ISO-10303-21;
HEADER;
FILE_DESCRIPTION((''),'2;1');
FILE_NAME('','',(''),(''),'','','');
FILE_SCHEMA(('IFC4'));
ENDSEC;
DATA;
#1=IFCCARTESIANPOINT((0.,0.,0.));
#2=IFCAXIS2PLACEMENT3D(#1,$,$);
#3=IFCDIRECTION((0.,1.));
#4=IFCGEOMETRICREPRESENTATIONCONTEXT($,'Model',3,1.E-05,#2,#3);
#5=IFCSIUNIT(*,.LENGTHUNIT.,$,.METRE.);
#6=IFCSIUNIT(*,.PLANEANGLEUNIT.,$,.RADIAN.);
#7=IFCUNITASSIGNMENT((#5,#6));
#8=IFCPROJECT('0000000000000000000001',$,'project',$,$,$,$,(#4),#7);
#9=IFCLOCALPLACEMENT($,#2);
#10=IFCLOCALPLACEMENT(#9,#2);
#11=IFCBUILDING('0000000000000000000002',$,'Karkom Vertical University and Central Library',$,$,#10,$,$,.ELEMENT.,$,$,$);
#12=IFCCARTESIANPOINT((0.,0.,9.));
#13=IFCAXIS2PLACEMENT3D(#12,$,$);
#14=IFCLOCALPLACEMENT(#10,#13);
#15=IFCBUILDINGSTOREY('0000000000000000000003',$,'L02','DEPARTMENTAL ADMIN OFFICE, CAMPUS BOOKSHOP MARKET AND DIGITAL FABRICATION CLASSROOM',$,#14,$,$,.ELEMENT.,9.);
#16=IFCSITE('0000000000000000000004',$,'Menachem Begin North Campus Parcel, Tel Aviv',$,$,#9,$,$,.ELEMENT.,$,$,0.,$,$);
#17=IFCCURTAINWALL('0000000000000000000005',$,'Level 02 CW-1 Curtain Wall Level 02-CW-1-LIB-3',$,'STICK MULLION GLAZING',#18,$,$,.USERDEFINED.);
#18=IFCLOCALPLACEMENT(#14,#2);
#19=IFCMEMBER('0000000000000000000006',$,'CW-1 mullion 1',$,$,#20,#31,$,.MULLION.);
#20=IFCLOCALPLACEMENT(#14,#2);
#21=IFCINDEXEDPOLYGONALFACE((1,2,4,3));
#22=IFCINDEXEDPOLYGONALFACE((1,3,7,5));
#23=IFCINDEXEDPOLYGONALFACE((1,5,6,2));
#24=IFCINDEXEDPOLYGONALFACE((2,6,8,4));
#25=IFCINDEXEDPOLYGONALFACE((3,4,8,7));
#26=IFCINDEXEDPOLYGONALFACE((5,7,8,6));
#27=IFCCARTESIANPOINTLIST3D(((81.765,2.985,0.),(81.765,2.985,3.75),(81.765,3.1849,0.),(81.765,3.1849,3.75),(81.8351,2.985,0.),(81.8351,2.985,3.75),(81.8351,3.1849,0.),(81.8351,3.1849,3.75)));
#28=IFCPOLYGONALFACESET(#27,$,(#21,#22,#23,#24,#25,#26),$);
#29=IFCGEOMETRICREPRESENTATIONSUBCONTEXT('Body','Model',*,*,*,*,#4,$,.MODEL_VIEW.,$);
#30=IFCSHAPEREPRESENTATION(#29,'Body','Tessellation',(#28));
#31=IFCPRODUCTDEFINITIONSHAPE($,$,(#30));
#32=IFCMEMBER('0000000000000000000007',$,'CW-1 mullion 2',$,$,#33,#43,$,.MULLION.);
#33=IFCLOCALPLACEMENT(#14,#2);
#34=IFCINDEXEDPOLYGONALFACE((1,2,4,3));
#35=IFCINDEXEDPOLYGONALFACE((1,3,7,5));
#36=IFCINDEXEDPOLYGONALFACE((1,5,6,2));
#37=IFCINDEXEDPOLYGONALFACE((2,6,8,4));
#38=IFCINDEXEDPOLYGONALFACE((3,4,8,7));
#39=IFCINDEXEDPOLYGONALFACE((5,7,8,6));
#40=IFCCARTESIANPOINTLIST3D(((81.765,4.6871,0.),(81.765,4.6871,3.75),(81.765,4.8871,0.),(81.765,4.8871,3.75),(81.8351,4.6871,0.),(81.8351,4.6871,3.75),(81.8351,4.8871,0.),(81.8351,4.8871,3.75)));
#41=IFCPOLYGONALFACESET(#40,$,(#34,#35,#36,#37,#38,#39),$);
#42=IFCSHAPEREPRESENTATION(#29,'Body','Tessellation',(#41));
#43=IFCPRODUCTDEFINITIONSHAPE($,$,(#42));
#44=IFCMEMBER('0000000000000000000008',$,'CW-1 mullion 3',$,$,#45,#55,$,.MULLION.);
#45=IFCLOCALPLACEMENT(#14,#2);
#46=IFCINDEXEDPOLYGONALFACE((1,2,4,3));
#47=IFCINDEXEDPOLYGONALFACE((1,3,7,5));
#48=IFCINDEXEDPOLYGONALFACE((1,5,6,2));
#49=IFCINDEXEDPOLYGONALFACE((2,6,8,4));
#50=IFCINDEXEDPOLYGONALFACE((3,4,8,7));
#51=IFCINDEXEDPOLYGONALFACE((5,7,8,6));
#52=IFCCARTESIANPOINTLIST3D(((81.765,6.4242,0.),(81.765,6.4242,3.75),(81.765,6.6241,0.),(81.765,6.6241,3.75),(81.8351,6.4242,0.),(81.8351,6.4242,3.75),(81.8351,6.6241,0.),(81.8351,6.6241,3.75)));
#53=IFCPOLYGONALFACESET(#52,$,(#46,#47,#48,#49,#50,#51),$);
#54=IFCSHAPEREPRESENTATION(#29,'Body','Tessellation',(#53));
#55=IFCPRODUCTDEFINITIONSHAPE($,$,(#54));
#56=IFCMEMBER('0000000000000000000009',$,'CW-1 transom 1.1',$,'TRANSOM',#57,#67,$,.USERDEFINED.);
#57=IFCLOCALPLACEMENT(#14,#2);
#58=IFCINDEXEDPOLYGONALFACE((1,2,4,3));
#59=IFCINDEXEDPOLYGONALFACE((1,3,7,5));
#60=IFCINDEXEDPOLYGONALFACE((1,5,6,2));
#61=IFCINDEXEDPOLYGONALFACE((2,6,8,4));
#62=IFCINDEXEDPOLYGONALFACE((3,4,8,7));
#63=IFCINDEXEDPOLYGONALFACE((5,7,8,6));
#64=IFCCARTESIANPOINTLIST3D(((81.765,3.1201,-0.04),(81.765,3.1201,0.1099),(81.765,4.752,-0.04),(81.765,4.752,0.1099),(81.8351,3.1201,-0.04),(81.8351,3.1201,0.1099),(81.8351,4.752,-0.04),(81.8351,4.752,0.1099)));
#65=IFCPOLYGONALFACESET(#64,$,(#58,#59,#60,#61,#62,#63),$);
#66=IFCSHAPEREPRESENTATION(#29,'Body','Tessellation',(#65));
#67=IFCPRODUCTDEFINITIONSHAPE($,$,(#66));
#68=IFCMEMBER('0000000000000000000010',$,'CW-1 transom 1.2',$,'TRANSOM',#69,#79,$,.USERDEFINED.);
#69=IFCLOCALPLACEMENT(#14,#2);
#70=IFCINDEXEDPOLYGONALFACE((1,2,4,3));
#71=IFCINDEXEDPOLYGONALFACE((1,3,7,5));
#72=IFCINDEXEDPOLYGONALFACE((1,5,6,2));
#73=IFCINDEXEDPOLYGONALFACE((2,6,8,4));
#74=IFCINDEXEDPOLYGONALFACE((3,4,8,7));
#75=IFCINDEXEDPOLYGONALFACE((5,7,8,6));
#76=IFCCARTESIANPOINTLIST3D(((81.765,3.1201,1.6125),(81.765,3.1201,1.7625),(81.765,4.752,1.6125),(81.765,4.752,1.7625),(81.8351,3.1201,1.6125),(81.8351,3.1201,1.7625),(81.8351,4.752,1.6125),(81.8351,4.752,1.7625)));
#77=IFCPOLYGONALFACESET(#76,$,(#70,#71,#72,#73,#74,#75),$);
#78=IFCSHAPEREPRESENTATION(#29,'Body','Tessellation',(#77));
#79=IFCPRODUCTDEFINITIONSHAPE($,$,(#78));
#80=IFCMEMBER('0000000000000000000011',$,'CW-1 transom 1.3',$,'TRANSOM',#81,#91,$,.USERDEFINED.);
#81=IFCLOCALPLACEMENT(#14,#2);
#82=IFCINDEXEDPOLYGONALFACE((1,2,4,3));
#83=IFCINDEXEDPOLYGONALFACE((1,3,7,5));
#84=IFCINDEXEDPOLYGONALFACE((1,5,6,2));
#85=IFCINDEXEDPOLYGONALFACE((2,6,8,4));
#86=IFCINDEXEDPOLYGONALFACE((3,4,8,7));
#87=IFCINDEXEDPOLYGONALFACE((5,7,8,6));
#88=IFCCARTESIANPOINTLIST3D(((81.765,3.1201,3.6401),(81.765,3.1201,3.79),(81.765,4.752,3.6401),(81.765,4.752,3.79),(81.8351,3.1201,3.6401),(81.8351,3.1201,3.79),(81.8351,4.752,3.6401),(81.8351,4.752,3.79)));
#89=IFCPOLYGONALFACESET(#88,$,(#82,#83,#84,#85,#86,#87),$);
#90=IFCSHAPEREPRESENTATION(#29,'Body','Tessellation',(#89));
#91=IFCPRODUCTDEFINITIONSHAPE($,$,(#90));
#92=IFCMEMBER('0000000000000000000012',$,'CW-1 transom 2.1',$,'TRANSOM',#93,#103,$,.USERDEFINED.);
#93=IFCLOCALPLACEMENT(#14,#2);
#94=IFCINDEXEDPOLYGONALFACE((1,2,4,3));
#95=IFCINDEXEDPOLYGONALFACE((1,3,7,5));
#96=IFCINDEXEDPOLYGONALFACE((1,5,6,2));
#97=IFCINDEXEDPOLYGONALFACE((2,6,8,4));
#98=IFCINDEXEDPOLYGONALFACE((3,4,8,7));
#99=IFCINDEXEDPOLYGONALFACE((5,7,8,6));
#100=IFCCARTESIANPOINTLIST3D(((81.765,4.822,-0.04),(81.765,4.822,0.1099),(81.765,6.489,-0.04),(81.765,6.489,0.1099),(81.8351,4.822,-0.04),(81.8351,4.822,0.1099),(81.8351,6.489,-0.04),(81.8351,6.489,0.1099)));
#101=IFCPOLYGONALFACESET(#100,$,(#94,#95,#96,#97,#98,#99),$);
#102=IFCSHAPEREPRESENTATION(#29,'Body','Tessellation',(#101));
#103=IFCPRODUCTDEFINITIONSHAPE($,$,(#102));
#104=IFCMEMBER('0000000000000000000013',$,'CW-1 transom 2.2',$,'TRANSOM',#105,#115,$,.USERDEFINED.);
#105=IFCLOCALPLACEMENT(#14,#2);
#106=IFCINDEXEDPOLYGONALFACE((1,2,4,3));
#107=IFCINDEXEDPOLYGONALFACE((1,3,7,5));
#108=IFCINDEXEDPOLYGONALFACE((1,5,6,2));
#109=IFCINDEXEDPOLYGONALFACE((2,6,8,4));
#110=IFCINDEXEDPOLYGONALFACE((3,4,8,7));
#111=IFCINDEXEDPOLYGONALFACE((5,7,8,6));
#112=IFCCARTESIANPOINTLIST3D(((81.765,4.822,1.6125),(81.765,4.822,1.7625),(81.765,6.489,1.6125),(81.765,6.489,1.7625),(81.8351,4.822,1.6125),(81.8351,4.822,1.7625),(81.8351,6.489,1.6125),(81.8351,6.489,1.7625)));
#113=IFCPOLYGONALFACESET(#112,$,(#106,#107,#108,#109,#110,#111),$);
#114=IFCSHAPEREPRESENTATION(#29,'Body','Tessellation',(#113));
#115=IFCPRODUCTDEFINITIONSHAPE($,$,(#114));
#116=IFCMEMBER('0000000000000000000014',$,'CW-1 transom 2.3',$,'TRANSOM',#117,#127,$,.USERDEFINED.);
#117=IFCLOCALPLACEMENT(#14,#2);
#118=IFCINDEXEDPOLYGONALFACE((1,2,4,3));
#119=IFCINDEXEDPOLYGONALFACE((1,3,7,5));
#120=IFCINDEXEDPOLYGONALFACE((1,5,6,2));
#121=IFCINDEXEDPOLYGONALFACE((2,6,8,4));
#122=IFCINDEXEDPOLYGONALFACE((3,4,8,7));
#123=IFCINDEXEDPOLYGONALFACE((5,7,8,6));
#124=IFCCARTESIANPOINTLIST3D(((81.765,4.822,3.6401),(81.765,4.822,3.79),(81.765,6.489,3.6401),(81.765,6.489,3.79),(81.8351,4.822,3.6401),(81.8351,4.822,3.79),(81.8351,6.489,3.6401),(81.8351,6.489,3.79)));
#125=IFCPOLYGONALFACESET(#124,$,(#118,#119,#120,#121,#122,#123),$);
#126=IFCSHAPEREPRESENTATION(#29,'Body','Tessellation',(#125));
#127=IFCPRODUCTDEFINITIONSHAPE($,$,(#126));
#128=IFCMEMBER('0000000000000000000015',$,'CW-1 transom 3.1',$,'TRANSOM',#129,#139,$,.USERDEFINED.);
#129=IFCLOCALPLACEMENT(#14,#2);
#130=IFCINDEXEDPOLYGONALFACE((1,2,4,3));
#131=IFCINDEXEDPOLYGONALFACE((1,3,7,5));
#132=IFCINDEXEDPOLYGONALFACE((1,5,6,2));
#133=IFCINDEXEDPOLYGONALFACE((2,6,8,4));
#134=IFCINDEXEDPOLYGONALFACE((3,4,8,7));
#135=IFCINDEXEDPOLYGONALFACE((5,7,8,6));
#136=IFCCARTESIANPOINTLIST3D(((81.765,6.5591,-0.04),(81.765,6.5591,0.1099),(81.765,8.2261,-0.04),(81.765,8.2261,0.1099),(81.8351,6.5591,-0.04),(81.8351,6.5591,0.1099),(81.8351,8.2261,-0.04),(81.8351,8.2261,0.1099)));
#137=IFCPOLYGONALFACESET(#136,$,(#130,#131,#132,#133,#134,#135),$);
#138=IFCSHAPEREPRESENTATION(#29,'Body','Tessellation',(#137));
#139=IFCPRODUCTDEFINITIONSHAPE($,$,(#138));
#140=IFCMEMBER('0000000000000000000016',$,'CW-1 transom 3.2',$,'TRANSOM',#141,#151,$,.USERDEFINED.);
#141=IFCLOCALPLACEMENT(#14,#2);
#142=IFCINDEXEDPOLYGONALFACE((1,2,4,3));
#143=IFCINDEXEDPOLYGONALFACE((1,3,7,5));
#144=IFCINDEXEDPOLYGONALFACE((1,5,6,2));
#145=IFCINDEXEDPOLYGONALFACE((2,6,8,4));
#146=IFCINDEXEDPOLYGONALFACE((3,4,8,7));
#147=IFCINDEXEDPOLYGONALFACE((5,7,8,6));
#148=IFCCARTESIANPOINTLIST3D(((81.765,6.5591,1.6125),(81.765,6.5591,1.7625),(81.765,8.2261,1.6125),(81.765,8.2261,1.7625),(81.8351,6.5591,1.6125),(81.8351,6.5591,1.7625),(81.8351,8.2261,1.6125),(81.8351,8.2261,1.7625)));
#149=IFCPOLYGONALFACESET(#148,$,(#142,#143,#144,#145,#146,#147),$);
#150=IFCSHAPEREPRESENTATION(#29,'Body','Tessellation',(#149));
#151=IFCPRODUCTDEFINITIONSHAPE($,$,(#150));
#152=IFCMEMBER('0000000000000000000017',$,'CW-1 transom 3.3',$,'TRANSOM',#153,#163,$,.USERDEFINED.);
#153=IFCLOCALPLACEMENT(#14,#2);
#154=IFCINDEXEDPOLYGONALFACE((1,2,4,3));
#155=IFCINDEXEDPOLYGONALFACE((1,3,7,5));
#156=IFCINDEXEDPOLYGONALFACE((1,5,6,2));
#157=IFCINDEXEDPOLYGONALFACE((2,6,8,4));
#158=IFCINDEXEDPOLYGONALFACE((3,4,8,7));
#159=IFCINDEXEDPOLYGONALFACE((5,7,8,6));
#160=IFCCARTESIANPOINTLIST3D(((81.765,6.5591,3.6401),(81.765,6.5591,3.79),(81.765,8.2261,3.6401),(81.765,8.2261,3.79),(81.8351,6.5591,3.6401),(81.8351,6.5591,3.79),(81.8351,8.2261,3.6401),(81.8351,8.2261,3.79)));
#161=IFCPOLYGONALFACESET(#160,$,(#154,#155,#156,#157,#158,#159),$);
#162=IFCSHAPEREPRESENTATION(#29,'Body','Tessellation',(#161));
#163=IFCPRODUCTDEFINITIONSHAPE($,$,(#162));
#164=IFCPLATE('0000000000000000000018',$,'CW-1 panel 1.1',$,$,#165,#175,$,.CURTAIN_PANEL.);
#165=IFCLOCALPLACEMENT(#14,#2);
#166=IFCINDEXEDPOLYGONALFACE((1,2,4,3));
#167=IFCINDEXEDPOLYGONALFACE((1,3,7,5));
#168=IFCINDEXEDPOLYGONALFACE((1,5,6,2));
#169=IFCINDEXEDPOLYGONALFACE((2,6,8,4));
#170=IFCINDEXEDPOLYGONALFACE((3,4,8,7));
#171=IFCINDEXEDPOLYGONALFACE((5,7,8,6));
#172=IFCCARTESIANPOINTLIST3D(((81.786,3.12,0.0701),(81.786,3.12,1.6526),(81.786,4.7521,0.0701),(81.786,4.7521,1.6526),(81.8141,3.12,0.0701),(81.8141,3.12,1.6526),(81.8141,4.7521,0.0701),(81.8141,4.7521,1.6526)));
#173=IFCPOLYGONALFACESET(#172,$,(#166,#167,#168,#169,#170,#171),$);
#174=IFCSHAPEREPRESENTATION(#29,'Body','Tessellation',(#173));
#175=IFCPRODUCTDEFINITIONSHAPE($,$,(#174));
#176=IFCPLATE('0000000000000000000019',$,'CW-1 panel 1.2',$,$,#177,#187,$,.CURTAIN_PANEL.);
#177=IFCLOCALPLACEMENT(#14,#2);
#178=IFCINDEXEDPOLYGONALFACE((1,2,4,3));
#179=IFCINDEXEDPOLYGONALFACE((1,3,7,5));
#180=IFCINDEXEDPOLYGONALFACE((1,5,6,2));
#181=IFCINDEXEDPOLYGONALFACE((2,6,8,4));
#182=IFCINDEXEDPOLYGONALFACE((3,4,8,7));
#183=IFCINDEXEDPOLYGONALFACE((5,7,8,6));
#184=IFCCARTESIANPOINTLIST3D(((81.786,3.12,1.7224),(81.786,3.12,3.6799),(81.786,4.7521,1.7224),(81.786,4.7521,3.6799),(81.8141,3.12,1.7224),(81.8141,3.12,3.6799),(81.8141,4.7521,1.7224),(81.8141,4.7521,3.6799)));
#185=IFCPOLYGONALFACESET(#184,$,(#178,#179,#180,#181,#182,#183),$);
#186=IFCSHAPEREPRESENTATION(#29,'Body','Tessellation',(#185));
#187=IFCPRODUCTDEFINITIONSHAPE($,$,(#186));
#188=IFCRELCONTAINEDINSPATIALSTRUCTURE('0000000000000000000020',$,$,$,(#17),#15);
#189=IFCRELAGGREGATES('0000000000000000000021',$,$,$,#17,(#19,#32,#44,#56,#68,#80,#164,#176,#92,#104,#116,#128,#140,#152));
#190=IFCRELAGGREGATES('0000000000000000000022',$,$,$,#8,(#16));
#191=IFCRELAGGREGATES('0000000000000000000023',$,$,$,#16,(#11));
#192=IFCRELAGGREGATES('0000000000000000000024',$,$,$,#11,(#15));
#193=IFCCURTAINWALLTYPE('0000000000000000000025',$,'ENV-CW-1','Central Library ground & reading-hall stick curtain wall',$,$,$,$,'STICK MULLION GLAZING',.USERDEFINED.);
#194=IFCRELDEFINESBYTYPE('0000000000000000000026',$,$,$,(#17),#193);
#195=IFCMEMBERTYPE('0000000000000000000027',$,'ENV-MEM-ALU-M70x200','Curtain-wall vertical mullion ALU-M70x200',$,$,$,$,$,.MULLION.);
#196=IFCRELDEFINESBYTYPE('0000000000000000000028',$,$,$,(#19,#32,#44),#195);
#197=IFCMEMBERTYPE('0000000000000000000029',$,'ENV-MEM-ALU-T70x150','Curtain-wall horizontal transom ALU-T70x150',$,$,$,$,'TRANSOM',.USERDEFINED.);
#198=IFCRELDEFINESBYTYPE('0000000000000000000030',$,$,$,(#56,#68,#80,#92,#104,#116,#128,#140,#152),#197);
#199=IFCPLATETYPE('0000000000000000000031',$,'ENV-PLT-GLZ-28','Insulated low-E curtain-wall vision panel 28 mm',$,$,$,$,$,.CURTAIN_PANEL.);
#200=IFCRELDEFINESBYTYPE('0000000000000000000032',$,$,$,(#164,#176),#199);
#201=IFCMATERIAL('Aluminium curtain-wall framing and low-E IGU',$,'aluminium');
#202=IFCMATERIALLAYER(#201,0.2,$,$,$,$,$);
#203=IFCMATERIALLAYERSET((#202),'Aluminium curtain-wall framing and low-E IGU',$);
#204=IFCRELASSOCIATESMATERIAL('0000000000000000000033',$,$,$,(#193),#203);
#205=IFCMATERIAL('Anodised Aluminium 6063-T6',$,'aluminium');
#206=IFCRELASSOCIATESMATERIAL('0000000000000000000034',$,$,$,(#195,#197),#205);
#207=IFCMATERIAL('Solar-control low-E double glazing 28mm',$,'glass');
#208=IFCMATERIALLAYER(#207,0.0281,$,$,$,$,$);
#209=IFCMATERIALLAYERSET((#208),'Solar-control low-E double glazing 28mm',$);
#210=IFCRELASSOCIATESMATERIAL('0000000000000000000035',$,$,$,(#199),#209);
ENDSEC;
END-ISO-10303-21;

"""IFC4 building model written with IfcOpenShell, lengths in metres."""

from ifc_helpers import new_model, si_unit, direction, frame, origin, origin_with_axes, origin_2d, place, context, subcontext, project, spatial, rectangle, extrude, source, transform, mapped, material, layer, layer_set, material_profile, profile_set, type_object, element, aggregate, save


model = new_model("IFC4")

# Units and contexts
model_context = context("Model", 3, precision=1e-05, world=origin(), true_north=direction((0.0, 1.0)))
body_context = subcontext(model_context, "Body", "Model", "MODEL_VIEW")
ifc_project = project(units=[si_unit("LENGTHUNIT", "METRE"), si_unit("PLANEANGLEUNIT", "RADIAN")], contexts=[model_context])

# Site, building, storey
site_placement = place(None, origin())
site = spatial("IfcSite", under=ifc_project, at=site_placement, Name="Menachem Begin North Campus Parcel, Tel Aviv", CompositionType="ELEMENT", RefElevation=0.0)
building_placement = place(site_placement, origin())
building = spatial("IfcBuilding", under=site, at=building_placement, Name="Karkom Vertical University and Central Library", CompositionType="ELEMENT")
storey_placement = place(building_placement, frame((0.0, 0.0, 9.0)))
storey = spatial("IfcBuildingStorey", under=building, at=storey_placement, Name="L02", Description="DEPARTMENTAL ADMIN OFFICE, CAMPUS BOOKSHOP MARKET AND DIGITAL FABRICATION CLASSROOM", CompositionType="ELEMENT", Elevation=9.0)

# Curtain wall, members, plates
ifc_material_1 = material(Name="Aluminium curtain-wall framing and low-E IGU", Category="aluminium")
ifc_layer_1 = layer(ifc_material_1, 0.2)
ifc_layer_set_1 = layer_set([ifc_layer_1], Name="Aluminium curtain-wall framing and low-E IGU")
curtain_wall_type = type_object("IfcCurtainWallType", Name="ENV-CW-1", Description="Central Library ground & reading-hall stick curtain wall", ElementType="STICK MULLION GLAZING", PredefinedType="USERDEFINED", material=ifc_layer_set_1)
curtain_wall_placement = place(storey_placement, origin())
curtain_wall = element("IfcCurtainWall", 1, at=curtain_wall_placement, inside=storey, type_object=curtain_wall_type, Name="Level 02 CW-1 Curtain Wall Level 02-CW-1-LIB-3", ObjectType="STICK MULLION GLAZING", PredefinedType="USERDEFINED")
ifc_material_2 = material(Name="Anodised Aluminium 6063-T6", Category="aluminium")
ifc_material_profile_1 = material_profile(ifc_material_2, rectangle(XDim=0.0701, YDim=0.2, at=origin_2d()), Name="ALU-M70x200")
ifc_profile_set_1 = profile_set([ifc_material_profile_1], Name="Anodised Aluminium 6063-T6")
member_type_1 = type_object("IfcMemberType", Name="ENV-MEM-ALU-M70x200", Description="Curtain-wall vertical mullion ALU-M70x200", PredefinedType="MULLION", material=ifc_profile_set_1)
shared_shape_1 = source(origin_with_axes(), body_context, "Body", "SweptSolid", [
    extrude(rectangle(XDim=0.0701, YDim=0.2, at=origin_2d()), origin(), (0.0, 0.0, 1.0), 3.75),
])
member_1_placement = place(storey_placement, frame((81.8, 3.085, 0.0), z_axis=(0.0, 0.0, 1.0), x_axis=(-1.0, 0.0, 0.0)))
member_1 = element("IfcMember", 2, at=member_1_placement, type_object=member_type_1, Name="CW-1 mullion 1", PredefinedType="MULLION", context=body_context, shape_type="MappedRepresentation", body=[
    mapped(shared_shape_1, transform((0.0, 0.0, 0.0), scale=1.0)),
])
member_2_placement = place(storey_placement, frame((81.8, 4.7871, 0.0), z_axis=(0.0, 0.0, 1.0), x_axis=(-1.0, 0.0, 0.0)))
member_2 = element("IfcMember", 3, at=member_2_placement, type_object=member_type_1, Name="CW-1 mullion 2", PredefinedType="MULLION", context=body_context, shape_type="MappedRepresentation", body=[
    mapped(shared_shape_1, transform((0.0, 0.0, 0.0), scale=1.0)),
])
member_3_placement = place(storey_placement, frame((81.8, 6.5242, 0.0), z_axis=(0.0, 0.0, 1.0), x_axis=(-1.0, 0.0, 0.0)))
member_3 = element("IfcMember", 4, at=member_3_placement, type_object=member_type_1, Name="CW-1 mullion 3", PredefinedType="MULLION", context=body_context, shape_type="MappedRepresentation", body=[
    mapped(shared_shape_1, transform((0.0, 0.0, 0.0), scale=1.0)),
])
ifc_material_profile_2 = material_profile(ifc_material_2, rectangle(XDim=0.0701, YDim=0.1499, at=origin_2d()), Name="ALU-T70x150")
ifc_profile_set_2 = profile_set([ifc_material_profile_2], Name="Anodised Aluminium 6063-T6")
member_type_2 = type_object("IfcMemberType", Name="ENV-MEM-ALU-T70x150", Description="Curtain-wall horizontal transom ALU-T70x150", ElementType="TRANSOM", PredefinedType="USERDEFINED", material=ifc_profile_set_2)
shared_shape_2 = source(origin_with_axes(), body_context, "Body", "SweptSolid", [
    extrude(rectangle(XDim=0.0701, YDim=0.1499, at=origin_2d()), origin(), (0.0, 0.0, 1.0), 1.6318),
])
member_4_placement = place(storey_placement, frame((81.8, 3.1201, 0.0349), z_axis=(0.0, 1.0, 0.0), x_axis=(-1.0, 0.0, 0.0)))
member_4 = element("IfcMember", 5, at=member_4_placement, type_object=member_type_2, Name="CW-1 transom 1.1", ObjectType="TRANSOM", PredefinedType="USERDEFINED", context=body_context, shape_type="MappedRepresentation", body=[
    mapped(shared_shape_2, transform((0.0, 0.0, 0.0), scale=1.0)),
])
member_5_placement = place(storey_placement, frame((81.8, 3.1201, 1.6875), z_axis=(0.0, 1.0, 0.0), x_axis=(-1.0, 0.0, 0.0)))
member_5 = element("IfcMember", 6, at=member_5_placement, type_object=member_type_2, Name="CW-1 transom 1.2", ObjectType="TRANSOM", PredefinedType="USERDEFINED", context=body_context, shape_type="MappedRepresentation", body=[
    mapped(shared_shape_2, transform((0.0, 0.0, 0.0), scale=1.0)),
])
member_6_placement = place(storey_placement, frame((81.8, 3.1201, 3.7151), z_axis=(0.0, 1.0, 0.0), x_axis=(-1.0, 0.0, 0.0)))
member_6 = element("IfcMember", 7, at=member_6_placement, type_object=member_type_2, Name="CW-1 transom 1.3", ObjectType="TRANSOM", PredefinedType="USERDEFINED", context=body_context, shape_type="MappedRepresentation", body=[
    mapped(shared_shape_2, transform((0.0, 0.0, 0.0), scale=1.0)),
])
shared_shape_3 = source(origin_with_axes(), body_context, "Body", "SweptSolid", [
    extrude(rectangle(XDim=0.0701, YDim=0.1499, at=origin_2d()), origin(), (0.0, 0.0, 1.0), 1.667),
])
member_7_placement = place(storey_placement, frame((81.8, 4.822, 0.0349), z_axis=(0.0, 1.0, 0.0), x_axis=(-1.0, 0.0, 0.0)))
member_7 = element("IfcMember", 8, at=member_7_placement, type_object=member_type_2, Name="CW-1 transom 2.1", ObjectType="TRANSOM", PredefinedType="USERDEFINED", context=body_context, shape_type="MappedRepresentation", body=[
    mapped(shared_shape_3, transform((0.0, 0.0, 0.0), scale=1.0)),
])
member_8_placement = place(storey_placement, frame((81.8, 4.822, 1.6875), z_axis=(0.0, 1.0, 0.0), x_axis=(-1.0, 0.0, 0.0)))
member_8 = element("IfcMember", 9, at=member_8_placement, type_object=member_type_2, Name="CW-1 transom 2.2", ObjectType="TRANSOM", PredefinedType="USERDEFINED", context=body_context, shape_type="MappedRepresentation", body=[
    mapped(shared_shape_3, transform((0.0, 0.0, 0.0), scale=1.0)),
])
member_9_placement = place(storey_placement, frame((81.8, 4.822, 3.7151), z_axis=(0.0, 1.0, 0.0), x_axis=(-1.0, 0.0, 0.0)))
member_9 = element("IfcMember", 10, at=member_9_placement, type_object=member_type_2, Name="CW-1 transom 2.3", ObjectType="TRANSOM", PredefinedType="USERDEFINED", context=body_context, shape_type="MappedRepresentation", body=[
    mapped(shared_shape_3, transform((0.0, 0.0, 0.0), scale=1.0)),
])
member_10_placement = place(storey_placement, frame((81.8, 6.5591, 0.0349), z_axis=(0.0, 1.0, 0.0), x_axis=(-1.0, 0.0, 0.0)))
member_10 = element("IfcMember", 11, at=member_10_placement, type_object=member_type_2, Name="CW-1 transom 3.1", ObjectType="TRANSOM", PredefinedType="USERDEFINED", context=body_context, shape_type="MappedRepresentation", body=[
    mapped(shared_shape_3, transform((0.0, 0.0, 0.0), scale=1.0)),
])
member_11_placement = place(storey_placement, frame((81.8, 6.5591, 1.6875), z_axis=(0.0, 1.0, 0.0), x_axis=(-1.0, 0.0, 0.0)))
member_11 = element("IfcMember", 12, at=member_11_placement, type_object=member_type_2, Name="CW-1 transom 3.2", ObjectType="TRANSOM", PredefinedType="USERDEFINED", context=body_context, shape_type="MappedRepresentation", body=[
    mapped(shared_shape_3, transform((0.0, 0.0, 0.0), scale=1.0)),
])
member_12_placement = place(storey_placement, frame((81.8, 6.5591, 3.7151), z_axis=(0.0, 1.0, 0.0), x_axis=(-1.0, 0.0, 0.0)))
member_12 = element("IfcMember", 13, at=member_12_placement, type_object=member_type_2, Name="CW-1 transom 3.3", ObjectType="TRANSOM", PredefinedType="USERDEFINED", context=body_context, shape_type="MappedRepresentation", body=[
    mapped(shared_shape_3, transform((0.0, 0.0, 0.0), scale=1.0)),
])
ifc_material_3 = material(Name="Solar-control low-E double glazing 28mm", Category="glass")
ifc_layer_2 = layer(ifc_material_3, 0.0281)
ifc_layer_set_2 = layer_set([ifc_layer_2], Name="Solar-control low-E double glazing 28mm")
plate_type = type_object("IfcPlateType", Name="ENV-PLT-GLZ-28", Description="Insulated low-E curtain-wall vision panel 28 mm", PredefinedType="CURTAIN_PANEL", material=ifc_layer_set_2)
shared_shape_4 = source(origin_with_axes(), body_context, "Body", "SweptSolid", [
    extrude(rectangle(XDim=1.6321, YDim=0.0281, at=origin_2d()), origin(), (0.0, 0.0, 1.0), 1.5825),
])
plate_1_placement = place(storey_placement, frame((81.8, 3.936, 0.0701), z_axis=(0.0, 0.0, 1.0), x_axis=(0.0, 1.0, 0.0)))
plate_1 = element("IfcPlate", 14, at=plate_1_placement, type_object=plate_type, Name="CW-1 panel 1.1", PredefinedType="CURTAIN_PANEL", context=body_context, shape_type="MappedRepresentation", body=[
    mapped(shared_shape_4, transform((0.0, 0.0, 0.0), scale=1.0)),
])
shared_shape_5 = source(origin_with_axes(), body_context, "Body", "SweptSolid", [
    extrude(rectangle(XDim=1.6321, YDim=0.0281, at=origin_2d()), origin(), (0.0, 0.0, 1.0), 1.9575),
])
plate_2_placement = place(storey_placement, frame((81.8, 3.936, 1.7224), z_axis=(0.0, 0.0, 1.0), x_axis=(0.0, 1.0, 0.0)))
plate_2 = element("IfcPlate", 15, at=plate_2_placement, type_object=plate_type, Name="CW-1 panel 1.2", PredefinedType="CURTAIN_PANEL", context=body_context, shape_type="MappedRepresentation", body=[
    mapped(shared_shape_5, transform((0.0, 0.0, 0.0), scale=1.0)),
])
aggregate(curtain_wall, [member_1, member_2, member_3, member_4, member_5, member_6, plate_1, plate_2, member_7, member_8, member_9, member_10, member_11, member_12])

save(model, "model.ifc")
